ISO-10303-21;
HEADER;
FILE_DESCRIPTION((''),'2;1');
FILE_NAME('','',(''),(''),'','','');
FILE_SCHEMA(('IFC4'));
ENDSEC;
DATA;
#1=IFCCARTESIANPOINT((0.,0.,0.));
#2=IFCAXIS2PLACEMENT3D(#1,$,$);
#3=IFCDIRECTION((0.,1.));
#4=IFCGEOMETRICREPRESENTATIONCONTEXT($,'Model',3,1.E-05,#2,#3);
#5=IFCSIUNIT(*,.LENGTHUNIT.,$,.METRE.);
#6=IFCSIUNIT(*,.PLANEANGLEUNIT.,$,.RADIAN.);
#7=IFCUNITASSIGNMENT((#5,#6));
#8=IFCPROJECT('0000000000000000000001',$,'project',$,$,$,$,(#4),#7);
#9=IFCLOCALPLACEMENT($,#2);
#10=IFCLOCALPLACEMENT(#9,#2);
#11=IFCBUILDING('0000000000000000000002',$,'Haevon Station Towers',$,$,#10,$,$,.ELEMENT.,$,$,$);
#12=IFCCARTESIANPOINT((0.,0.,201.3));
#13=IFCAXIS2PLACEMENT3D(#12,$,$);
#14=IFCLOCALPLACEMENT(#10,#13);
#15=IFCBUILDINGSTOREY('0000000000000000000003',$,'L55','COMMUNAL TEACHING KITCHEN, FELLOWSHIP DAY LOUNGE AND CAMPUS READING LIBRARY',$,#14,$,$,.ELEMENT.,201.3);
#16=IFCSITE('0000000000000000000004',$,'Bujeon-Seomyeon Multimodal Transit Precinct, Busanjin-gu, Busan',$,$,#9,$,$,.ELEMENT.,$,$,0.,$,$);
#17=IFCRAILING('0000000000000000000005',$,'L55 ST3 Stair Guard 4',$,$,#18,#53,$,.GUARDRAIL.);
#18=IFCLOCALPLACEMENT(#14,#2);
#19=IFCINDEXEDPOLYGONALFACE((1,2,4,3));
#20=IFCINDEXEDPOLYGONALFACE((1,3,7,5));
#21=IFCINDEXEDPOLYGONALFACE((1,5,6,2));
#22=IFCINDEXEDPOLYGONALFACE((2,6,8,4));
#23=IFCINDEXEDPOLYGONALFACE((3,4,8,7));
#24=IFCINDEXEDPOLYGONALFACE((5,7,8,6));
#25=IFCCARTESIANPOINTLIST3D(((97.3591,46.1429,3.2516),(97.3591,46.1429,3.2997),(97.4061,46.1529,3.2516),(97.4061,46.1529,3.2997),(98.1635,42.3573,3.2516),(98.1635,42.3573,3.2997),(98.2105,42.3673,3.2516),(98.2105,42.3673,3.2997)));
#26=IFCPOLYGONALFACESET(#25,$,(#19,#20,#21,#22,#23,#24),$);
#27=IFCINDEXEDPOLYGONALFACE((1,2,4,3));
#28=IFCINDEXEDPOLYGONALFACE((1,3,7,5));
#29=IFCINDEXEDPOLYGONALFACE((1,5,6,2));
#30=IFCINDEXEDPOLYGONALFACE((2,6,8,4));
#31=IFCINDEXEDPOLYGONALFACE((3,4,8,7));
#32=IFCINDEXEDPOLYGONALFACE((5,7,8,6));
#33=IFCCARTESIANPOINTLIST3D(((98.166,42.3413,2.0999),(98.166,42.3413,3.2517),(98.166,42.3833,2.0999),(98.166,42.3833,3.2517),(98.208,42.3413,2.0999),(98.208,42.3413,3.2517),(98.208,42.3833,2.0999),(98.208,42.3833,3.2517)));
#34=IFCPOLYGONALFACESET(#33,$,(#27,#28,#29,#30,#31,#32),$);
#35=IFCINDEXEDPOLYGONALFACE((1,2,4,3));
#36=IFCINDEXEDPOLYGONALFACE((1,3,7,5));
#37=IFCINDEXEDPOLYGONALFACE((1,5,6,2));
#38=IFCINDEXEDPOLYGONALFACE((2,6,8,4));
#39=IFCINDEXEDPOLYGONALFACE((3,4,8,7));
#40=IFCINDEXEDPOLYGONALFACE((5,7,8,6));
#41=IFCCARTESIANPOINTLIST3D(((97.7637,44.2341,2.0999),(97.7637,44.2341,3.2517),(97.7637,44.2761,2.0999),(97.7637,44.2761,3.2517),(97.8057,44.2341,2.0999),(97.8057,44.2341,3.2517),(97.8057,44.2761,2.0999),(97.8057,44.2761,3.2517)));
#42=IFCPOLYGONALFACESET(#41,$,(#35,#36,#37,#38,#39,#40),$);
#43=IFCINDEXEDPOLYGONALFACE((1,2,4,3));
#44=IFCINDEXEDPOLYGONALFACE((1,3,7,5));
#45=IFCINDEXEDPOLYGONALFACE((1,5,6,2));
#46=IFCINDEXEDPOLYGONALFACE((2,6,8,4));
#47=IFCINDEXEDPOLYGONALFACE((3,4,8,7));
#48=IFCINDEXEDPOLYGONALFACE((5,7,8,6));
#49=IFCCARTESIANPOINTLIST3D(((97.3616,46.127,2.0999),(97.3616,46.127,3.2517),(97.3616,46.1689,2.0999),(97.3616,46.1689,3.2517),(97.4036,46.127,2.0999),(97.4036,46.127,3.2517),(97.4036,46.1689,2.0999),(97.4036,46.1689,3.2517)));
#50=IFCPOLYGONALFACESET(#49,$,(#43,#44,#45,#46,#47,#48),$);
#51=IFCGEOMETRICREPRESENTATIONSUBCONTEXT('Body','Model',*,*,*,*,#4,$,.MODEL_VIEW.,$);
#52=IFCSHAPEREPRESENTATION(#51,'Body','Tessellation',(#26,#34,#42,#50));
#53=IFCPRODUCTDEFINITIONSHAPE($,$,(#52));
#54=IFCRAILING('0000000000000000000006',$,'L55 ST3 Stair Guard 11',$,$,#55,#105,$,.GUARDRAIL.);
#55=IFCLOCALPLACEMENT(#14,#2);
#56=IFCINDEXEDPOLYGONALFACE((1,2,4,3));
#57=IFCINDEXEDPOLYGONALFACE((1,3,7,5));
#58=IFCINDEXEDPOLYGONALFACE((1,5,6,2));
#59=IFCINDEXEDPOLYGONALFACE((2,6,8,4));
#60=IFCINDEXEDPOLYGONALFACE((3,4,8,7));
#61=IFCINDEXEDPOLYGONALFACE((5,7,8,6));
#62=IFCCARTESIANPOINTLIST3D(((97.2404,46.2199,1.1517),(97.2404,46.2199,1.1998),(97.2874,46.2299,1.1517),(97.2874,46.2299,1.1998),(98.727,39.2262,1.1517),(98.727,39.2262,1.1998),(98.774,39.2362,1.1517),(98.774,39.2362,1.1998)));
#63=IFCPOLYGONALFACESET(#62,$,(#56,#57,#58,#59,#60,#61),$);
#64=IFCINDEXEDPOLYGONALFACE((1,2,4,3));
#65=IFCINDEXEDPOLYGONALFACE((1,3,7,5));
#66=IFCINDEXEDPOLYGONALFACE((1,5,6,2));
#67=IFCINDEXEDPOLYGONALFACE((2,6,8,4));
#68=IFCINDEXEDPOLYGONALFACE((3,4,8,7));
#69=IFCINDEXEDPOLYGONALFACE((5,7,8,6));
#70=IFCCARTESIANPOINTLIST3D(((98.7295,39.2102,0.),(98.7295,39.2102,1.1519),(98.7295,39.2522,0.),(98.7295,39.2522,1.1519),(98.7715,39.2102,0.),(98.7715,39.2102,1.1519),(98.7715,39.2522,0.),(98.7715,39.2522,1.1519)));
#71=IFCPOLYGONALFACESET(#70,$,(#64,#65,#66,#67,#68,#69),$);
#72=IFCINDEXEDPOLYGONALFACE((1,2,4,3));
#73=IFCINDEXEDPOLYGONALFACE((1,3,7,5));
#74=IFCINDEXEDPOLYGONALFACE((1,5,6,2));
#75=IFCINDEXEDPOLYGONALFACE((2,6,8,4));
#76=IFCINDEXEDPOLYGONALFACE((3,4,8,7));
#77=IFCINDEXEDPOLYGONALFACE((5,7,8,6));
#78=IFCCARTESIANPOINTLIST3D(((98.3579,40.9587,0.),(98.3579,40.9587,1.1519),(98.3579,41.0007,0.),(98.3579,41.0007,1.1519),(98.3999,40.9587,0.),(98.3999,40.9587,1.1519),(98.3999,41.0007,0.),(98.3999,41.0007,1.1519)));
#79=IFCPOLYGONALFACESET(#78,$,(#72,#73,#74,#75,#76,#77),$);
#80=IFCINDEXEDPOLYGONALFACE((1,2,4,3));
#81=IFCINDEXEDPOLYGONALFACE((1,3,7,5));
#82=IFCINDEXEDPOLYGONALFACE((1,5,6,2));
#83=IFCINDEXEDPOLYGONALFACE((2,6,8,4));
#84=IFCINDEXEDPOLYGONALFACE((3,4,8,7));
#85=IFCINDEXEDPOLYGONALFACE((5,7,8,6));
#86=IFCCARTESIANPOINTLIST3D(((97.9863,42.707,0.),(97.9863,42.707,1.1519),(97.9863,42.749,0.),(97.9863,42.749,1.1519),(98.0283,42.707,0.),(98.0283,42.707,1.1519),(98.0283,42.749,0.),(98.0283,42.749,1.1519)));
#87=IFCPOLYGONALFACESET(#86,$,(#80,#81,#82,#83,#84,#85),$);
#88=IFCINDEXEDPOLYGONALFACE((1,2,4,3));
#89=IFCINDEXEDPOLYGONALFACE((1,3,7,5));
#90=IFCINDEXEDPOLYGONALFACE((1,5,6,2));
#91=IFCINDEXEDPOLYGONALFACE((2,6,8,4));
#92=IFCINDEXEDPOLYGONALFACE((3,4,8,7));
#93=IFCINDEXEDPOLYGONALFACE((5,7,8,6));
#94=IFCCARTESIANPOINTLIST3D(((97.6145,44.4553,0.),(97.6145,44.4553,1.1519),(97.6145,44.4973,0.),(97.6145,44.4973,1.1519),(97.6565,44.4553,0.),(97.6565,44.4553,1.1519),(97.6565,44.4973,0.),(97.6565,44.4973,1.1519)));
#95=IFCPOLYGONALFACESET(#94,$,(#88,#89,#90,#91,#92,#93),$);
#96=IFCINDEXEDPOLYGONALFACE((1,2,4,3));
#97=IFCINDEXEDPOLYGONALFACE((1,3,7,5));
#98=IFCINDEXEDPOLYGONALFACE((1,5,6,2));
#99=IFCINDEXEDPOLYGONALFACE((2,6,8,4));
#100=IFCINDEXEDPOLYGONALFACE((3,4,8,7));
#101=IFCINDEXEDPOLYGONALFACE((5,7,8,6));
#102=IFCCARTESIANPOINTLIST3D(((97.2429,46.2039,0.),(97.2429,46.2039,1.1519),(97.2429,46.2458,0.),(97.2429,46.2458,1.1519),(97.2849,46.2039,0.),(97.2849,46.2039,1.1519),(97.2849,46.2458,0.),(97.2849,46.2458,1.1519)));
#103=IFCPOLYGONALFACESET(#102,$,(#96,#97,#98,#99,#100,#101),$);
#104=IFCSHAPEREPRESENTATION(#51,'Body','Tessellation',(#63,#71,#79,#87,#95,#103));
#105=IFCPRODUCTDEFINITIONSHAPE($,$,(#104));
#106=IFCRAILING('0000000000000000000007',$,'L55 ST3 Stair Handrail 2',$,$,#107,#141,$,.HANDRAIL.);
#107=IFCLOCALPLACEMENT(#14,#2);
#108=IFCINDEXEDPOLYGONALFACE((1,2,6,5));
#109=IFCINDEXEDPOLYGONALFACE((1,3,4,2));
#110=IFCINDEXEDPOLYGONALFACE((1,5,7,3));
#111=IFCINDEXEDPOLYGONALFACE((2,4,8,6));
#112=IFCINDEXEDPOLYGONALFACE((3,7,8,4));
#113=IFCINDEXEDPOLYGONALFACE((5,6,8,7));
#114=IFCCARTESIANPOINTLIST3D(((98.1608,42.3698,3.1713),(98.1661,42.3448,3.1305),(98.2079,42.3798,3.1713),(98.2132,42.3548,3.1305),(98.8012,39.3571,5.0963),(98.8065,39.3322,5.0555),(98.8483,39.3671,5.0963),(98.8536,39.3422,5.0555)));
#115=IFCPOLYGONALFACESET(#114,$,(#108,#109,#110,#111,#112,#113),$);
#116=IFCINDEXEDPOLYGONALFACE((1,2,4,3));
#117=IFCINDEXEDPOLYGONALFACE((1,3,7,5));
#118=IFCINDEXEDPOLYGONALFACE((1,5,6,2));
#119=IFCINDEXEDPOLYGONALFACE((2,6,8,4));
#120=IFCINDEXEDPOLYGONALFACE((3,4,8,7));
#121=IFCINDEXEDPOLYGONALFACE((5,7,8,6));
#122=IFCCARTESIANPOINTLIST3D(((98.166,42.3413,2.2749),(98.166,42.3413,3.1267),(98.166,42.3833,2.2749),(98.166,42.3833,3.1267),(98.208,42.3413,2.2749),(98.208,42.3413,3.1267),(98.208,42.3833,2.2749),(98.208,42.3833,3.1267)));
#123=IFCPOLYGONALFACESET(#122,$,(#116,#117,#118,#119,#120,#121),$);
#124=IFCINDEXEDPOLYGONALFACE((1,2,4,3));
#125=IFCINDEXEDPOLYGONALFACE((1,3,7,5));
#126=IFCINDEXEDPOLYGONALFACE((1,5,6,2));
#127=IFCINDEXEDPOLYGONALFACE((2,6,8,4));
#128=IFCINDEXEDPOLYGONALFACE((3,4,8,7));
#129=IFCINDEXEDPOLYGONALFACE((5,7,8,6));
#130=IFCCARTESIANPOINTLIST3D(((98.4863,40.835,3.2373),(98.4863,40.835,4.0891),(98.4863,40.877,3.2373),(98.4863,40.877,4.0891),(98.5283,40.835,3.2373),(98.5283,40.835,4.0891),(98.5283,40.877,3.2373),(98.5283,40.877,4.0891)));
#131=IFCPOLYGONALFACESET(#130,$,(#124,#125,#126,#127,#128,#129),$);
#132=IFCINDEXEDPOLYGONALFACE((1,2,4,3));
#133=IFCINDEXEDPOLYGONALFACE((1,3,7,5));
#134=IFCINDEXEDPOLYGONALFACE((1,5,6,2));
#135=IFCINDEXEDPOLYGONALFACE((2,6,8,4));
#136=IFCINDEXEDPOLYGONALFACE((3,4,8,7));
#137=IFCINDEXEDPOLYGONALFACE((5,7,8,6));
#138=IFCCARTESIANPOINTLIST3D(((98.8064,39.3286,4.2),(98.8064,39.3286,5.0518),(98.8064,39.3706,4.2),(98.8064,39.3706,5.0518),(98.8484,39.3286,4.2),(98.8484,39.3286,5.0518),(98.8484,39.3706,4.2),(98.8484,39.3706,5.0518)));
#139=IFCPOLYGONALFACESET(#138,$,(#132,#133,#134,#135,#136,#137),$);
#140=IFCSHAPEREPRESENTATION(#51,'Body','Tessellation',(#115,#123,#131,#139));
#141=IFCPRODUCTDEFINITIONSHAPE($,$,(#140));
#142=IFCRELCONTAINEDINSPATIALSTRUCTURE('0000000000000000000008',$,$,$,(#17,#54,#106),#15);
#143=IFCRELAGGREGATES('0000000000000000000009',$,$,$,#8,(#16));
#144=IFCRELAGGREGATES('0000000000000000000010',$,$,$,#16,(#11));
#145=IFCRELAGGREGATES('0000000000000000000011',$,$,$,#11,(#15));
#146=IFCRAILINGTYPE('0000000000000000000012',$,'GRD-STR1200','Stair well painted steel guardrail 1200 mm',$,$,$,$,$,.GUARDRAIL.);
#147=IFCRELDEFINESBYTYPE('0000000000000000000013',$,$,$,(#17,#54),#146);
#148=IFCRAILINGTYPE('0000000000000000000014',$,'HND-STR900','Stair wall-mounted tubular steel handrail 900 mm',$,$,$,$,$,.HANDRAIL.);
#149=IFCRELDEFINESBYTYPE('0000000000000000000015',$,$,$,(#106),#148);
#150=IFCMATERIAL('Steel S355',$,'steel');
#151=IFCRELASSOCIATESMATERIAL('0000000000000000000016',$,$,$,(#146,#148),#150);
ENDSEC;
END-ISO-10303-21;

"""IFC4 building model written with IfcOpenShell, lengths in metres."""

from ifc_helpers import new_model, si_unit, direction, frame, origin, origin_2d, place, context, subcontext, project, spatial, rectangle, extrude, material, type_object, element, save


model = new_model("IFC4")

# Units and contexts
model_context = context("Model", 3, precision=1e-05, world=origin(), true_north=direction((0.0, 1.0)))
body_context = subcontext(model_context, "Body", "Model", "MODEL_VIEW")
ifc_project = project(units=[si_unit("LENGTHUNIT", "METRE"), si_unit("PLANEANGLEUNIT", "RADIAN")], contexts=[model_context])

# Site, building, storey
site_placement = place(None, origin())
site = spatial("IfcSite", under=ifc_project, at=site_placement, Name="Bujeon-Seomyeon Multimodal Transit Precinct, Busanjin-gu, Busan", CompositionType="ELEMENT", RefElevation=0.0)
building_placement = place(site_placement, origin())
building = spatial("IfcBuilding", under=site, at=building_placement, Name="Haevon Station Towers", CompositionType="ELEMENT")
storey_placement = place(building_placement, frame((0.0, 0.0, 201.3)))
storey = spatial("IfcBuildingStorey", under=building, at=storey_placement, Name="L55", Description="COMMUNAL TEACHING KITCHEN, FELLOWSHIP DAY LOUNGE AND CAMPUS READING LIBRARY", CompositionType="ELEMENT", Elevation=201.3)

# Shared definitions
ifc_material_1 = material(Name="Steel S355", Category="steel")

# Railings
railing_type_1 = type_object("IfcRailingType", Name="GRD-STR1200", Description="Stair well painted steel guardrail 1200 mm", PredefinedType="GUARDRAIL", material=ifc_material_1)
railing_1_placement = place(storey_placement, frame((98.187, 42.3623, 2.0999)))
element("IfcRailing", 1, at=railing_1_placement, inside=storey, type_object=railing_type_1, Name="L55 ST3 Stair Guard 4", PredefinedType="GUARDRAIL", context=body_context, shape_type="SweptSolid", body=[
    extrude(rectangle(XDim=0.0481, YDim=0.0481, at=origin_2d()), frame((0.0, 0.0, 1.1758), z_axis=(-0.207857, 0.978159, 0.0), x_axis=(-0.978159, -0.207857, 0.0)), (0.0, 0.0, 1.0), 3.8701),
    extrude(rectangle(XDim=0.042, YDim=0.042, at=origin_2d()), origin(), (0.0, 0.0, 1.0), 1.1519),
    extrude(rectangle(XDim=0.042, YDim=0.042, at=origin_2d()), frame((-0.4023, 1.8928, 0.0)), (0.0, 0.0, 1.0), 1.1519),
    extrude(rectangle(XDim=0.042, YDim=0.042, at=origin_2d()), frame((-0.8044, 3.7856, 0.0)), (0.0, 0.0, 1.0), 1.1519),
])
railing_2_placement = place(storey_placement, frame((98.7505, 39.2312, 0.0)))
element("IfcRailing", 2, at=railing_2_placement, inside=storey, type_object=railing_type_1, Name="L55 ST3 Stair Guard 11", PredefinedType="GUARDRAIL", context=body_context, shape_type="SweptSolid", body=[
    extrude(rectangle(XDim=0.0481, YDim=0.0481, at=origin_2d()), frame((0.0, 0.0, 1.1758), z_axis=(-0.207915, 0.978147, 0.0), x_axis=(-0.978147, -0.207915, 0.0)), (0.0, 0.0, 1.0), 7.1499),
    extrude(rectangle(XDim=0.042, YDim=0.042, at=origin_2d()), origin(), (0.0, 0.0, 1.0), 1.1519),
    extrude(rectangle(XDim=0.042, YDim=0.042, at=origin_2d()), frame((-0.3716, 1.7485, 0.0)), (0.0, 0.0, 1.0), 1.1519),
    extrude(rectangle(XDim=0.042, YDim=0.042, at=origin_2d()), frame((-0.7432, 3.4968, 0.0)), (0.0, 0.0, 1.0), 1.1519),
    extrude(rectangle(XDim=0.042, YDim=0.042, at=origin_2d()), frame((-1.115, 5.2451, 0.0)), (0.0, 0.0, 1.0), 1.1519),
    extrude(rectangle(XDim=0.042, YDim=0.042, at=origin_2d()), frame((-1.4866, 6.9937, 0.0)), (0.0, 0.0, 1.0), 1.1519),
])
railing_type_2 = type_object("IfcRailingType", Name="HND-STR900", Description="Stair wall-mounted tubular steel handrail 900 mm", PredefinedType="HANDRAIL", material=ifc_material_1)
railing_3_placement = place(storey_placement, frame((98.187, 42.3623, 2.2749)))
element("IfcRailing", 3, at=railing_3_placement, inside=storey, type_object=railing_type_2, Name="L55 ST3 Stair Handrail 2", PredefinedType="HANDRAIL", context=body_context, shape_type="SweptSolid", body=[
    extrude(rectangle(XDim=0.0481, YDim=0.0481, at=origin_2d()), frame((0.0, 0.0, 0.876), z_axis=(0.176311, -0.829461, 0.530008), x_axis=(0.978147, 0.207916, 0.0)), (0.0, 0.0, 1.0), 3.6321),
    extrude(rectangle(XDim=0.042, YDim=0.042, at=origin_2d()), origin(), (0.0, 0.0, 1.0), 0.8518),
    extrude(rectangle(XDim=0.042, YDim=0.042, at=origin_2d()), frame((0.3203, -1.5063, 0.9624)), (0.0, 0.0, 1.0), 0.8518),
    extrude(rectangle(XDim=0.042, YDim=0.042, at=origin_2d()), frame((0.6404, -3.0127, 1.925)), (0.0, 0.0, 1.0), 0.8518),
])

save(model, "model.ifc")
